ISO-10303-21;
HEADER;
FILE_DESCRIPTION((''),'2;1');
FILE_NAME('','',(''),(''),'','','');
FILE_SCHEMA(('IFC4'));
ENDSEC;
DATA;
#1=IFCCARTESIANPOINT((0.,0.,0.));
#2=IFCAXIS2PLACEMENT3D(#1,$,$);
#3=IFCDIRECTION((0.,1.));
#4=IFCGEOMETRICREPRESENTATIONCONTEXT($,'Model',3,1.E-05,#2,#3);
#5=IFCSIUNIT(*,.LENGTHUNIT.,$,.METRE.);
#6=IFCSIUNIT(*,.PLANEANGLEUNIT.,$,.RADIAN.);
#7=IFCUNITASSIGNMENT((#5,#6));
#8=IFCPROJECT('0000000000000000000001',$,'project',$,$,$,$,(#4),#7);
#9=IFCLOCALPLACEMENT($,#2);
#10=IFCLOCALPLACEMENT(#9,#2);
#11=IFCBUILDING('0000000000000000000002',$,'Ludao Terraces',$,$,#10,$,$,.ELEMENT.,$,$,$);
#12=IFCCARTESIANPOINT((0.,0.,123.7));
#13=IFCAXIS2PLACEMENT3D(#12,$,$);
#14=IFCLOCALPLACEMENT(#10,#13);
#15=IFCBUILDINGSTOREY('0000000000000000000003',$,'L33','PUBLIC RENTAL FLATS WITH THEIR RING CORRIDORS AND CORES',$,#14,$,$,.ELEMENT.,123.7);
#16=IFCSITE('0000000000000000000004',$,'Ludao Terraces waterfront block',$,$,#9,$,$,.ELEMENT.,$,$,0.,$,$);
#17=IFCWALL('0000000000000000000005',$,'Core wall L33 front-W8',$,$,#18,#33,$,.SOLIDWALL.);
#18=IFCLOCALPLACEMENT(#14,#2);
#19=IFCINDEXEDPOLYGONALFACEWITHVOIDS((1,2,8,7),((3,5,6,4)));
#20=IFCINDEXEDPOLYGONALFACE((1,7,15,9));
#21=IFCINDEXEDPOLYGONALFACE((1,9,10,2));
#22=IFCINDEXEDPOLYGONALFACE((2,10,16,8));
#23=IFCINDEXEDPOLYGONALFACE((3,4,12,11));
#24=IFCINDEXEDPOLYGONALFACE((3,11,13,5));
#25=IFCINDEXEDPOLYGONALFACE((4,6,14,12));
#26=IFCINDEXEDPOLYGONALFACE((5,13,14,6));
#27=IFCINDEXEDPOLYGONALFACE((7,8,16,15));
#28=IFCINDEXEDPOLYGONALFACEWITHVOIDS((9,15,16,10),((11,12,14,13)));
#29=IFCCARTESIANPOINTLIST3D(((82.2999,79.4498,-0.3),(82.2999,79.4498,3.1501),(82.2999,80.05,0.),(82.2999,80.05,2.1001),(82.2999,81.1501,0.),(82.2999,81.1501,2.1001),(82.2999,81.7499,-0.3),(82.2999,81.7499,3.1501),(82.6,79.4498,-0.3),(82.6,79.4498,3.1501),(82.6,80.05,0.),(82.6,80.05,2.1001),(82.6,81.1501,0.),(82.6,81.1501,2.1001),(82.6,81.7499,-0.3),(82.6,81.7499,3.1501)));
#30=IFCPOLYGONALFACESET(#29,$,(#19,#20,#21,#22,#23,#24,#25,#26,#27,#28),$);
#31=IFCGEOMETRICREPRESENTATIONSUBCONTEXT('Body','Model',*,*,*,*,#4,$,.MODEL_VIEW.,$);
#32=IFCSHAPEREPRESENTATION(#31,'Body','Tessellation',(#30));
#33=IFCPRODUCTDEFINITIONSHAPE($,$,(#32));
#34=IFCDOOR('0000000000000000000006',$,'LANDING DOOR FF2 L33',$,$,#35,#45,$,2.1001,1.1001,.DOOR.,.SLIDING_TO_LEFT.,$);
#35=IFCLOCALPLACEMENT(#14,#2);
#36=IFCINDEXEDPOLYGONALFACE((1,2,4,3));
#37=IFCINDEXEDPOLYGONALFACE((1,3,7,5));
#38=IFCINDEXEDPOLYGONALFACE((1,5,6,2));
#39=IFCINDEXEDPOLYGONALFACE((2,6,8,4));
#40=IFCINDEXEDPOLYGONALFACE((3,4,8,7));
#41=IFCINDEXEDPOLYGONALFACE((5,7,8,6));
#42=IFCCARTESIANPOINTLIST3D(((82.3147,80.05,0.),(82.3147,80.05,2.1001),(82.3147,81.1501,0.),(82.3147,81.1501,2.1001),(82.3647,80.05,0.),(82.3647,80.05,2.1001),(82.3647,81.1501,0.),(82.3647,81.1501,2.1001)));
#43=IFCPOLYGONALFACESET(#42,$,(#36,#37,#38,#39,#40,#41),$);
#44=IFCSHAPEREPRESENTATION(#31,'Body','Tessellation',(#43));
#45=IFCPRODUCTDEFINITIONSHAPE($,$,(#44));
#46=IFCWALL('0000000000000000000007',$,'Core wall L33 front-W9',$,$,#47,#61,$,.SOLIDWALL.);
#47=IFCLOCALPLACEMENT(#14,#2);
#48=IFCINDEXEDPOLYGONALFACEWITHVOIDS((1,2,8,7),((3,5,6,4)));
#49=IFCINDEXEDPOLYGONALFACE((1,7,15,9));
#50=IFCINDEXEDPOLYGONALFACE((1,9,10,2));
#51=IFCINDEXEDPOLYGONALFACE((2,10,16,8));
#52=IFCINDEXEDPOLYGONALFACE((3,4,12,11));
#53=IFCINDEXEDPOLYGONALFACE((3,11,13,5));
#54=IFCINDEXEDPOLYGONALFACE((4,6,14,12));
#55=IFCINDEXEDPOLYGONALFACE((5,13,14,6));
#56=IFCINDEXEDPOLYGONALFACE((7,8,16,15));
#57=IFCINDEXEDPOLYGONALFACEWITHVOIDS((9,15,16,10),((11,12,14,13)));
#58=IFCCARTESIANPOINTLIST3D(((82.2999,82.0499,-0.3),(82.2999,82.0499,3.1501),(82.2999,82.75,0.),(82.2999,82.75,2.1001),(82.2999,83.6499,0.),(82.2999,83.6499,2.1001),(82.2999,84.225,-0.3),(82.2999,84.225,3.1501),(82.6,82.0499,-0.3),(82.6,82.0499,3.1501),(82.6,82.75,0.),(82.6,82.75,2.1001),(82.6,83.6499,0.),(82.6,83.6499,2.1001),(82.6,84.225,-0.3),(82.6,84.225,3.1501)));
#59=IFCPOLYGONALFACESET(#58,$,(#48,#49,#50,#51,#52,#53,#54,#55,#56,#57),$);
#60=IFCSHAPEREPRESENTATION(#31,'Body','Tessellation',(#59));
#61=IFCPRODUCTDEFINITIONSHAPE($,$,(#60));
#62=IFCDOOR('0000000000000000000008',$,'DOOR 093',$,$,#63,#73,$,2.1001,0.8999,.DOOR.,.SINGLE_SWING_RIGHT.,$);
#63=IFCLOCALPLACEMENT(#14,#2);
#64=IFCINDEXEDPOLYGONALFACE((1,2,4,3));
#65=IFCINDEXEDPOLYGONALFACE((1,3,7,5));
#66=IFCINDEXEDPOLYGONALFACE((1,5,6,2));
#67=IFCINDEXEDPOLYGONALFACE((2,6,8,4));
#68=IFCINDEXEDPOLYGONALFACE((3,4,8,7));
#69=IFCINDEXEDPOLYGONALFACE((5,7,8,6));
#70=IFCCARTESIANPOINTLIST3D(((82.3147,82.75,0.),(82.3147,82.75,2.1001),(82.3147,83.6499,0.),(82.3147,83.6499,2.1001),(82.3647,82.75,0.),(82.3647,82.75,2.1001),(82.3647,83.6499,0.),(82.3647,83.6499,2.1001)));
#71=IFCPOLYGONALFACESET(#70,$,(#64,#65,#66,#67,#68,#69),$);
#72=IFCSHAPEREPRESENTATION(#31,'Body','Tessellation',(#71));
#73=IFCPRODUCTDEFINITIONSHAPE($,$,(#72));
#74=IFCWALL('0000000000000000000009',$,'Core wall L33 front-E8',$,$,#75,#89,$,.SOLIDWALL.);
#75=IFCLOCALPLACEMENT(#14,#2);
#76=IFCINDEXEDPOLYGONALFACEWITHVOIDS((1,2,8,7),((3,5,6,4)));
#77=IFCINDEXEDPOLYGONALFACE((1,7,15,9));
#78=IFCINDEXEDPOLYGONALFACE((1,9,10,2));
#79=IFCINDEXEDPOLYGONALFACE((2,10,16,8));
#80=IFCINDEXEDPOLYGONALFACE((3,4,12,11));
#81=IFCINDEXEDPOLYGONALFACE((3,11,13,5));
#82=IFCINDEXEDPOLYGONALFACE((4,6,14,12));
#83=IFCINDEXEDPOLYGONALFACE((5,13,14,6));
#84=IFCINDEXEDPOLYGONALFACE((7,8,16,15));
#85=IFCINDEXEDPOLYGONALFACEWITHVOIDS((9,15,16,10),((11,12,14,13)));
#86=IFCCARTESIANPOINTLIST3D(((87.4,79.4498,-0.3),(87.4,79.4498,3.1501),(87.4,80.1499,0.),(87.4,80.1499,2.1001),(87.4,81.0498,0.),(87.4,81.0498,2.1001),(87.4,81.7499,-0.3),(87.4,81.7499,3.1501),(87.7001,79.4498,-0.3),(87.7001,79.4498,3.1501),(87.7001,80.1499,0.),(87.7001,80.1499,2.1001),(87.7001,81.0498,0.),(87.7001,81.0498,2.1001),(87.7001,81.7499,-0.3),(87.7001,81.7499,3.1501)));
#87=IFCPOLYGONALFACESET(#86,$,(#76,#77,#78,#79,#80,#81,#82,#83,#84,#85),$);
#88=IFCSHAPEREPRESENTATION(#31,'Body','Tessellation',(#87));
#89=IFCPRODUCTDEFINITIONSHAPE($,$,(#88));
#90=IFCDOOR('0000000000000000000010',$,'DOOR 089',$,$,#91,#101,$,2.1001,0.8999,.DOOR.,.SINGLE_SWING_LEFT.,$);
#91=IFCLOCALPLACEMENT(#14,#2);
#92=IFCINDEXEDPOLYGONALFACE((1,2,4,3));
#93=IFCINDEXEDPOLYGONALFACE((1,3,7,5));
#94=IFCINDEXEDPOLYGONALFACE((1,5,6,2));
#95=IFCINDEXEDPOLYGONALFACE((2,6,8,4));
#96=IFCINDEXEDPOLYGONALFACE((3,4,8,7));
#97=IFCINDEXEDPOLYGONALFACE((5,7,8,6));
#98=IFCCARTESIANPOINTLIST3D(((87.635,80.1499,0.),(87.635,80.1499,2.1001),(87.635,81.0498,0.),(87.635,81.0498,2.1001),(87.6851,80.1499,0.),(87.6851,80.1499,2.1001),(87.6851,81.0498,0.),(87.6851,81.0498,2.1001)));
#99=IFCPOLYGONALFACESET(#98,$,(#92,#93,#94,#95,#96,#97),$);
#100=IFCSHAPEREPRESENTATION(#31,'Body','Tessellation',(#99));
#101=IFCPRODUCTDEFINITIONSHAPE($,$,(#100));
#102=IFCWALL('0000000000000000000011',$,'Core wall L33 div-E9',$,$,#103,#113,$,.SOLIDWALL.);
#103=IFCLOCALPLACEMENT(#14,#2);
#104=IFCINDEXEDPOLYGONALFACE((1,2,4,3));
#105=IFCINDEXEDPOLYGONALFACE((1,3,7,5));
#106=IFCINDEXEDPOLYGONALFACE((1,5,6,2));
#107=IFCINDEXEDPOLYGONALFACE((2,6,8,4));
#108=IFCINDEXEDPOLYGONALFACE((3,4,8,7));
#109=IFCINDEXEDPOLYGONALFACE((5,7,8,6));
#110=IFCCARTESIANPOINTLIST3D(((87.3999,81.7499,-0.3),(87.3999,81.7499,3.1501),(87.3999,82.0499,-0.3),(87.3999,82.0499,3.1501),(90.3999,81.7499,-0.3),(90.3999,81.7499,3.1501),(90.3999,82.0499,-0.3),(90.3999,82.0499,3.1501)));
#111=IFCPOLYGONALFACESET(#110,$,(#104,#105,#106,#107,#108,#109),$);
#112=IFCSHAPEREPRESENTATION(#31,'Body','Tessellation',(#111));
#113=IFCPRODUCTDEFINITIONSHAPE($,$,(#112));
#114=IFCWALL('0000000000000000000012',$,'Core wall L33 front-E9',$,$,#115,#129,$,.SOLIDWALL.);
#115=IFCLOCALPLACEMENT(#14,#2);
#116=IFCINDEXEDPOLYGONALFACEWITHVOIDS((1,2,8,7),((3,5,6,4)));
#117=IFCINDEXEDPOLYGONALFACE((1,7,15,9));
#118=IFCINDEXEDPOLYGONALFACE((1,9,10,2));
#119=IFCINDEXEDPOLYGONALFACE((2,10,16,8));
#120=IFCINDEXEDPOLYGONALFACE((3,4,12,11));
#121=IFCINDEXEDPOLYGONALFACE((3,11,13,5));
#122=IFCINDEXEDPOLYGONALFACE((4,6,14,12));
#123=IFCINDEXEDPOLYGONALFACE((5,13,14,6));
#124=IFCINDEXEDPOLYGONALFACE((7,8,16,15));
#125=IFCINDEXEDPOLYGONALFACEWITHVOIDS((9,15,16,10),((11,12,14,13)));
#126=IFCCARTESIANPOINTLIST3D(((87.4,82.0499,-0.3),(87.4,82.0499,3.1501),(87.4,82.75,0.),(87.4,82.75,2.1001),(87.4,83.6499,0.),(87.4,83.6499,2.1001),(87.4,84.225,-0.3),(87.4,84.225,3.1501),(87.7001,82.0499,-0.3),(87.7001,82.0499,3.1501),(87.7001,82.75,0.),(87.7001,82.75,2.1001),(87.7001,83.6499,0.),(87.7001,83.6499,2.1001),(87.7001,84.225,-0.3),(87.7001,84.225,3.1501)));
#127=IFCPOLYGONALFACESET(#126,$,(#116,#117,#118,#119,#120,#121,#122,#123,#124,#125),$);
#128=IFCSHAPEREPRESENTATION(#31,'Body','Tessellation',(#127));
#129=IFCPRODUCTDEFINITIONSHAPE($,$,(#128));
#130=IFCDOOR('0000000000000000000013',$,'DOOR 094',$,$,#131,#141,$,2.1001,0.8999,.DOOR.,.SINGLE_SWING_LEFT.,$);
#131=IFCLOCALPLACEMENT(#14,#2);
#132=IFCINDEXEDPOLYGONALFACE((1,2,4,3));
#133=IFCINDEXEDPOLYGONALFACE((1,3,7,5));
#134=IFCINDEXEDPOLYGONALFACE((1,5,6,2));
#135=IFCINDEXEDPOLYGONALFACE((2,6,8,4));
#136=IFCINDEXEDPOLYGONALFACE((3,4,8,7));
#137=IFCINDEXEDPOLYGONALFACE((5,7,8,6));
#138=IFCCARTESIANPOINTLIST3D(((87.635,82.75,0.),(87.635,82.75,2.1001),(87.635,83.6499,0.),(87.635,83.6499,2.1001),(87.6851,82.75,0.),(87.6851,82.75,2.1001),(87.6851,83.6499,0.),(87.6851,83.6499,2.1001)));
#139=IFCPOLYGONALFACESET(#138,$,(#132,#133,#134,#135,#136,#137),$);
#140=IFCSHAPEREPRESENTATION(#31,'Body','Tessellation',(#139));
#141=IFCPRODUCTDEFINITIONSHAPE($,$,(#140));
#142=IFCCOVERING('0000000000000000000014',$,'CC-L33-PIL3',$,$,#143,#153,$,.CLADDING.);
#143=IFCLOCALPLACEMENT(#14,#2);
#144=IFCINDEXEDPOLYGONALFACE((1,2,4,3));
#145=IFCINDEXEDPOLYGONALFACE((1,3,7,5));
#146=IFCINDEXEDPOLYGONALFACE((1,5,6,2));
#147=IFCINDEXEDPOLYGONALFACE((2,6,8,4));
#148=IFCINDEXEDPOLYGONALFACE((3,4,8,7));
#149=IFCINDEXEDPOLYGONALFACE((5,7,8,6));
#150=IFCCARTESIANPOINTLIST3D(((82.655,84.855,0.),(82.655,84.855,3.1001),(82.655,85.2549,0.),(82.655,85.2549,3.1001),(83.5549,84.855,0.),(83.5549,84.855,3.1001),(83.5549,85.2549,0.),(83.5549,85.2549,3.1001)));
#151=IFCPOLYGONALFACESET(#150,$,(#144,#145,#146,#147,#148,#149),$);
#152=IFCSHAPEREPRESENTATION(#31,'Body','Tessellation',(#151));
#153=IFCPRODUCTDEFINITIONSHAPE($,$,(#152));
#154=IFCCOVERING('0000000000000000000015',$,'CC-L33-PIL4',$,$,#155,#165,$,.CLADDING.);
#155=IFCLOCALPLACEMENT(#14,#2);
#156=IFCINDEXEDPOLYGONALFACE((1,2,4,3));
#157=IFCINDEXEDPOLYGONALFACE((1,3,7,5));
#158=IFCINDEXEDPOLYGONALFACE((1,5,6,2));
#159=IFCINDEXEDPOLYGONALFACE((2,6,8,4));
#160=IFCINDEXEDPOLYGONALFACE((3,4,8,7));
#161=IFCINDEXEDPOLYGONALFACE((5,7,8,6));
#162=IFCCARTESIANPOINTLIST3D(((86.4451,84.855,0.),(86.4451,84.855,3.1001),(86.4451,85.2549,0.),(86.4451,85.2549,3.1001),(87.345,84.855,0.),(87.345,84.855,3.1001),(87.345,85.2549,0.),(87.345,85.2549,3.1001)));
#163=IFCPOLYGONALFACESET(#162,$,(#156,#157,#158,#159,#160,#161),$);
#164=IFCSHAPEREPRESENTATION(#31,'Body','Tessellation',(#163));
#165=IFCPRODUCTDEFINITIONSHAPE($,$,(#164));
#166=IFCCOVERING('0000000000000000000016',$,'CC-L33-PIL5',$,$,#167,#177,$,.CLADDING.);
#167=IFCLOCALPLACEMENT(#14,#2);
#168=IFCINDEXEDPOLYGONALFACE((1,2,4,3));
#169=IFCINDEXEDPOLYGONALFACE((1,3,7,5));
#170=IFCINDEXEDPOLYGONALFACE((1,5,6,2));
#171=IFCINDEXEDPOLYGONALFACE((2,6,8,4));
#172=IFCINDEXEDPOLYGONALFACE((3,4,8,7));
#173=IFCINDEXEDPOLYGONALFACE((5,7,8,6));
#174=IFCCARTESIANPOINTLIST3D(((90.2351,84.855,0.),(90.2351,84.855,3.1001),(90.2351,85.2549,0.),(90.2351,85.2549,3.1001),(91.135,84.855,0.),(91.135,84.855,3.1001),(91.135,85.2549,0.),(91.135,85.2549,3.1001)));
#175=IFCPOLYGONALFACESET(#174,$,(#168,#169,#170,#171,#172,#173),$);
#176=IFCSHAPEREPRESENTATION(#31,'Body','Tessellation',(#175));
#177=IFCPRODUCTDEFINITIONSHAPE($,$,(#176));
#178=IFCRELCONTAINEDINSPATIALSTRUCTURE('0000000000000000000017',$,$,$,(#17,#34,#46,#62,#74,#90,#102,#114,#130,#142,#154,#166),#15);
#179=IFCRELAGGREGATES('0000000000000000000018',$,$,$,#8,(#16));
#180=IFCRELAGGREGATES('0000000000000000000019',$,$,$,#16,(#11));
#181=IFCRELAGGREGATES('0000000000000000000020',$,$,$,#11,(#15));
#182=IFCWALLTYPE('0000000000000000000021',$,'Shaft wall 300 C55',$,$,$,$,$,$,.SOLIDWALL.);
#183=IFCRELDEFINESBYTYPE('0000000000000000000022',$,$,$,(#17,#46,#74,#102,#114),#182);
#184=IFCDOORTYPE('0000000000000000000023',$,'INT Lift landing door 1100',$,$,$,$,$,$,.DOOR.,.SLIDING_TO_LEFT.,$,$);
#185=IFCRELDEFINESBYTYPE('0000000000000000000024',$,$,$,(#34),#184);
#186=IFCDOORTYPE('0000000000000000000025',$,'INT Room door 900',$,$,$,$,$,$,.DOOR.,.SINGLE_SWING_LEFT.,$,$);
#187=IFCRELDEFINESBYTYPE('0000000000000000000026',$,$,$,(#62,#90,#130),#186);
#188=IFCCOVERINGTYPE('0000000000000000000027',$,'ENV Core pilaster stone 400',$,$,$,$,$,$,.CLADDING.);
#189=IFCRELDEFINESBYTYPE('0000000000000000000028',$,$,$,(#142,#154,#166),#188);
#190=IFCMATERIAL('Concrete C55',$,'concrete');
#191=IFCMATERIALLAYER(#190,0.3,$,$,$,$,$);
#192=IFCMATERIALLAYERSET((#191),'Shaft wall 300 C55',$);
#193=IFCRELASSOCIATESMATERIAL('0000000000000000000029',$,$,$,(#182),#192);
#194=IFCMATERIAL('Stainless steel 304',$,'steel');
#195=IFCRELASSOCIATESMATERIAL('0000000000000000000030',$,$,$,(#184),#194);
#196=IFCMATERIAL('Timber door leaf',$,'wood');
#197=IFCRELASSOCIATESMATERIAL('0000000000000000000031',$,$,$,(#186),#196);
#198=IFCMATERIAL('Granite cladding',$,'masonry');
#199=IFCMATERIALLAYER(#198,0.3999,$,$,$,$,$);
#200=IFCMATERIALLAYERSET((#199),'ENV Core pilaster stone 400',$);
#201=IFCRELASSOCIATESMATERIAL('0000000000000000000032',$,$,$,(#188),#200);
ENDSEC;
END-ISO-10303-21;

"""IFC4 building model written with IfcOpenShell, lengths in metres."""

from ifc_helpers import new_model, si_unit, direction, frame, frame_2d, origin, origin_2d, place, context, subcontext, project, spatial, rectangle, extrude, material, layer, layer_set, type_object, element, fill, save


model = new_model("IFC4")

# Units and contexts
model_context = context("Model", 3, precision=1e-05, world=origin(), true_north=direction((0.0, 1.0)))
body_context = subcontext(model_context, "Body", "Model", "MODEL_VIEW")
ifc_project = project(units=[si_unit("LENGTHUNIT", "METRE"), si_unit("PLANEANGLEUNIT", "RADIAN")], contexts=[model_context])

# Site, building, storey
site_placement = place(None, origin())
site = spatial("IfcSite", under=ifc_project, at=site_placement, Name="Ludao Terraces waterfront block", CompositionType="ELEMENT", RefElevation=0.0)
building_placement = place(site_placement, origin())
building = spatial("IfcBuilding", under=site, at=building_placement, Name="Ludao Terraces", CompositionType="ELEMENT")
storey_placement = place(building_placement, frame((0.0, 0.0, 123.7)))
storey = spatial("IfcBuildingStorey", under=building, at=storey_placement, Name="L33", Description="PUBLIC RENTAL FLATS WITH THEIR RING CORRIDORS AND CORES", CompositionType="ELEMENT", Elevation=123.7)

# Walls, openings, doors
ifc_material_1 = material(Name="Concrete C55", Category="concrete")
ifc_layer_1 = layer(ifc_material_1, 0.3)
ifc_layer_set_1 = layer_set([ifc_layer_1], Name="Shaft wall 300 C55")
wall_type = type_object("IfcWallType", Name="Shaft wall 300 C55", PredefinedType="SOLIDWALL", material=ifc_layer_set_1)
wall_1_placement = place(storey_placement, frame((82.45, 79.45, -0.3), z_axis=(0.0, 0.0, 1.0), x_axis=(0.0, 1.0, 0.0)))
wall_1 = element("IfcWall", 1, at=wall_1_placement, inside=storey, type_object=wall_type, Name="Core wall L33 front-W8", PredefinedType="SOLIDWALL", context=body_context, shape_type="SweptSolid", body=[
    extrude(rectangle(XDim=2.3, YDim=0.3, at=frame_2d((1.1499, 0.0))), origin(), (0.0, 0.0, 1.0), 3.4502),
])
opening_1_placement = place(wall_1_placement, frame((0.6001, 0.0, 0.3)))
opening_1 = element("IfcOpeningElement", 2, at=opening_1_placement, cuts=wall_1, PredefinedType="OPENING", context=body_context, shape_type="SweptSolid", body=[
    extrude(rectangle(XDim=1.1001, YDim=2.1001, at=frame_2d((0.55, 1.05))), frame((0.0, 0.1602, 0.0), z_axis=(0.0, -1.0, 0.0), x_axis=(1.0, 0.0, 0.0)), (0.0, 0.0, 1.0), 0.3201),
])
ifc_material_2 = material(Name="Stainless steel 304", Category="steel")
door_type_1 = type_object("IfcDoorType", Name="INT Lift landing door 1100", OperationType="SLIDING_TO_LEFT", PredefinedType="DOOR", material=ifc_material_2)
door_1_placement = place(opening_1_placement, origin())
door_1 = element("IfcDoor", 3, at=door_1_placement, inside=storey, type_object=door_type_1, Name="LANDING DOOR FF2 L33", OperationType="SLIDING_TO_LEFT", OverallHeight=2.1001, OverallWidth=1.1001, PredefinedType="DOOR", context=body_context, shape_type="SweptSolid", body=[
    extrude(rectangle(XDim=1.1001, YDim=2.1001, at=frame_2d((0.55, 1.05))), frame((0.0, 0.1353, 0.0), z_axis=(0.0, -1.0, 0.0), x_axis=(1.0, 0.0, 0.0)), (0.0, 0.0, 1.0), 0.05),
])
fill(opening_1, door_1)
wall_2_placement = place(storey_placement, frame((82.45, 82.05, -0.3), z_axis=(0.0, 0.0, 1.0), x_axis=(0.0, 1.0, 0.0)))
wall_2 = element("IfcWall", 4, at=wall_2_placement, inside=storey, type_object=wall_type, Name="Core wall L33 front-W9", PredefinedType="SOLIDWALL", context=body_context, shape_type="SweptSolid", body=[
    extrude(rectangle(XDim=2.175, YDim=0.3, at=frame_2d((1.0874, 0.0))), origin(), (0.0, 0.0, 1.0), 3.4502),
])
opening_2_placement = place(wall_2_placement, frame((0.7, 0.0, 0.3)))
opening_2 = element("IfcOpeningElement", 5, at=opening_2_placement, cuts=wall_2, PredefinedType="OPENING", context=body_context, shape_type="SweptSolid", body=[
    extrude(rectangle(XDim=0.8999, YDim=2.1001, at=frame_2d((0.45, 1.05))), frame((0.0, 0.1602, 0.0), z_axis=(0.0, -1.0, 0.0), x_axis=(1.0, 0.0, 0.0)), (0.0, 0.0, 1.0), 0.3201),
])
ifc_material_3 = material(Name="Timber door leaf", Category="wood")
door_type_2 = type_object("IfcDoorType", Name="INT Room door 900", OperationType="SINGLE_SWING_LEFT", PredefinedType="DOOR", material=ifc_material_3)
door_2_placement = place(opening_2_placement, origin())
door_2 = element("IfcDoor", 6, at=door_2_placement, inside=storey, type_object=door_type_2, Name="DOOR 093", OperationType="SINGLE_SWING_RIGHT", OverallHeight=2.1001, OverallWidth=0.8999, PredefinedType="DOOR", context=body_context, shape_type="SweptSolid", body=[
    extrude(rectangle(XDim=0.8999, YDim=2.1001, at=frame_2d((0.45, 1.05))), frame((0.0, 0.1353, 0.0), z_axis=(0.0, -1.0, 0.0), x_axis=(1.0, 0.0, 0.0)), (0.0, 0.0, 1.0), 0.05),
])
fill(opening_2, door_2)
wall_3_placement = place(storey_placement, frame((87.55, 79.45, -0.3), z_axis=(0.0, 0.0, 1.0), x_axis=(0.0, 1.0, 0.0)))
wall_3 = element("IfcWall", 7, at=wall_3_placement, inside=storey, type_object=wall_type, Name="Core wall L33 front-E8", PredefinedType="SOLIDWALL", context=body_context, shape_type="SweptSolid", body=[
    extrude(rectangle(XDim=2.3, YDim=0.3, at=frame_2d((1.1499, 0.0))), origin(), (0.0, 0.0, 1.0), 3.4502),
])
opening_3_placement = place(wall_3_placement, frame((0.7, 0.0, 0.3)))
opening_3 = element("IfcOpeningElement", 8, at=opening_3_placement, cuts=wall_3, PredefinedType="OPENING", context=body_context, shape_type="SweptSolid", body=[
    extrude(rectangle(XDim=0.8999, YDim=2.1001, at=frame_2d((0.45, 1.05))), frame((0.0, 0.1602, 0.0), z_axis=(0.0, -1.0, 0.0), x_axis=(1.0, 0.0, 0.0)), (0.0, 0.0, 1.0), 0.3201),
])
door_3_placement = place(opening_3_placement, origin())
door_3 = element("IfcDoor", 9, at=door_3_placement, inside=storey, type_object=door_type_2, Name="DOOR 089", OperationType="SINGLE_SWING_LEFT", OverallHeight=2.1001, OverallWidth=0.8999, PredefinedType="DOOR", context=body_context, shape_type="SweptSolid", body=[
    extrude(rectangle(XDim=0.8999, YDim=2.1001, at=frame_2d((0.45, 1.05))), frame((0.0, -0.085, 0.0), z_axis=(0.0, -1.0, 0.0), x_axis=(1.0, 0.0, 0.0)), (0.0, 0.0, 1.0), 0.05),
])
fill(opening_3, door_3)

# Wall
wall_4_placement = place(storey_placement, frame((87.3999, 81.8999, -0.3), z_axis=(0.0, 0.0, 1.0), x_axis=(1.0, 0.0, 0.0)))
element("IfcWall", 10, at=wall_4_placement, inside=storey, type_object=wall_type, Name="Core wall L33 div-E9", PredefinedType="SOLIDWALL", context=body_context, shape_type="SweptSolid", body=[
    extrude(rectangle(XDim=3.0, YDim=0.3, at=frame_2d((1.5, 0.0))), origin(), (0.0, 0.0, 1.0), 3.4502),
])

# Wall, opening, door
wall_5_placement = place(storey_placement, frame((87.55, 82.05, -0.3), z_axis=(0.0, 0.0, 1.0), x_axis=(0.0, 1.0, 0.0)))
wall_5 = element("IfcWall", 11, at=wall_5_placement, inside=storey, type_object=wall_type, Name="Core wall L33 front-E9", PredefinedType="SOLIDWALL", context=body_context, shape_type="SweptSolid", body=[
    extrude(rectangle(XDim=2.175, YDim=0.3, at=frame_2d((1.0874, 0.0))), origin(), (0.0, 0.0, 1.0), 3.4502),
])
opening_4_placement = place(wall_5_placement, frame((0.7, 0.0, 0.3)))
opening_4 = element("IfcOpeningElement", 12, at=opening_4_placement, cuts=wall_5, PredefinedType="OPENING", context=body_context, shape_type="SweptSolid", body=[
    extrude(rectangle(XDim=0.8999, YDim=2.1001, at=frame_2d((0.45, 1.05))), frame((0.0, 0.1602, 0.0), z_axis=(0.0, -1.0, 0.0), x_axis=(1.0, 0.0, 0.0)), (0.0, 0.0, 1.0), 0.3201),
])
door_4_placement = place(opening_4_placement, origin())
door_4 = element("IfcDoor", 13, at=door_4_placement, inside=storey, type_object=door_type_2, Name="DOOR 094", OperationType="SINGLE_SWING_LEFT", OverallHeight=2.1001, OverallWidth=0.8999, PredefinedType="DOOR", context=body_context, shape_type="SweptSolid", body=[
    extrude(rectangle(XDim=0.8999, YDim=2.1001, at=frame_2d((0.45, 1.05))), frame((0.0, -0.085, 0.0), z_axis=(0.0, -1.0, 0.0), x_axis=(1.0, 0.0, 0.0)), (0.0, 0.0, 1.0), 0.05),
])
fill(opening_4, door_4)

# Coverings
ifc_material_4 = material(Name="Granite cladding", Category="masonry")
ifc_layer_2 = layer(ifc_material_4, 0.3999)
ifc_layer_set_2 = layer_set([ifc_layer_2], Name="ENV Core pilaster stone 400")
covering_type_1 = type_object("IfcCoveringType", Name="ENV Core pilaster stone 400", PredefinedType="CLADDING", material=ifc_layer_set_2)
for number, where, z_axis, x_axis, name in (
    (14, (83.105, 85.0549, 0.0), (0.0, 0.0, 1.0), (1.0, 0.0, 0.0), "CC-L33-PIL3"),
    (15, (86.895, 85.0549, 0.0), (0.0, 0.0, 1.0), (1.0, 0.0, 0.0), "CC-L33-PIL4"),
    (16, (90.6851, 85.0549, 0.0), (0.0, 0.0, 1.0), (1.0, 0.0, 0.0), "CC-L33-PIL5"),
):
    element("IfcCovering", number, at=place(storey_placement, frame(where, z_axis=z_axis, x_axis=x_axis)), inside=storey, type_object=covering_type_1, Name=name, PredefinedType="CLADDING", context=body_context, shape_type="SweptSolid", body=[
        extrude(rectangle(XDim=0.8999, YDim=0.3999, at=origin_2d()), origin(), (0.0, 0.0, 1.0), 3.1001),
    ])

save(model, "model.ifc")
